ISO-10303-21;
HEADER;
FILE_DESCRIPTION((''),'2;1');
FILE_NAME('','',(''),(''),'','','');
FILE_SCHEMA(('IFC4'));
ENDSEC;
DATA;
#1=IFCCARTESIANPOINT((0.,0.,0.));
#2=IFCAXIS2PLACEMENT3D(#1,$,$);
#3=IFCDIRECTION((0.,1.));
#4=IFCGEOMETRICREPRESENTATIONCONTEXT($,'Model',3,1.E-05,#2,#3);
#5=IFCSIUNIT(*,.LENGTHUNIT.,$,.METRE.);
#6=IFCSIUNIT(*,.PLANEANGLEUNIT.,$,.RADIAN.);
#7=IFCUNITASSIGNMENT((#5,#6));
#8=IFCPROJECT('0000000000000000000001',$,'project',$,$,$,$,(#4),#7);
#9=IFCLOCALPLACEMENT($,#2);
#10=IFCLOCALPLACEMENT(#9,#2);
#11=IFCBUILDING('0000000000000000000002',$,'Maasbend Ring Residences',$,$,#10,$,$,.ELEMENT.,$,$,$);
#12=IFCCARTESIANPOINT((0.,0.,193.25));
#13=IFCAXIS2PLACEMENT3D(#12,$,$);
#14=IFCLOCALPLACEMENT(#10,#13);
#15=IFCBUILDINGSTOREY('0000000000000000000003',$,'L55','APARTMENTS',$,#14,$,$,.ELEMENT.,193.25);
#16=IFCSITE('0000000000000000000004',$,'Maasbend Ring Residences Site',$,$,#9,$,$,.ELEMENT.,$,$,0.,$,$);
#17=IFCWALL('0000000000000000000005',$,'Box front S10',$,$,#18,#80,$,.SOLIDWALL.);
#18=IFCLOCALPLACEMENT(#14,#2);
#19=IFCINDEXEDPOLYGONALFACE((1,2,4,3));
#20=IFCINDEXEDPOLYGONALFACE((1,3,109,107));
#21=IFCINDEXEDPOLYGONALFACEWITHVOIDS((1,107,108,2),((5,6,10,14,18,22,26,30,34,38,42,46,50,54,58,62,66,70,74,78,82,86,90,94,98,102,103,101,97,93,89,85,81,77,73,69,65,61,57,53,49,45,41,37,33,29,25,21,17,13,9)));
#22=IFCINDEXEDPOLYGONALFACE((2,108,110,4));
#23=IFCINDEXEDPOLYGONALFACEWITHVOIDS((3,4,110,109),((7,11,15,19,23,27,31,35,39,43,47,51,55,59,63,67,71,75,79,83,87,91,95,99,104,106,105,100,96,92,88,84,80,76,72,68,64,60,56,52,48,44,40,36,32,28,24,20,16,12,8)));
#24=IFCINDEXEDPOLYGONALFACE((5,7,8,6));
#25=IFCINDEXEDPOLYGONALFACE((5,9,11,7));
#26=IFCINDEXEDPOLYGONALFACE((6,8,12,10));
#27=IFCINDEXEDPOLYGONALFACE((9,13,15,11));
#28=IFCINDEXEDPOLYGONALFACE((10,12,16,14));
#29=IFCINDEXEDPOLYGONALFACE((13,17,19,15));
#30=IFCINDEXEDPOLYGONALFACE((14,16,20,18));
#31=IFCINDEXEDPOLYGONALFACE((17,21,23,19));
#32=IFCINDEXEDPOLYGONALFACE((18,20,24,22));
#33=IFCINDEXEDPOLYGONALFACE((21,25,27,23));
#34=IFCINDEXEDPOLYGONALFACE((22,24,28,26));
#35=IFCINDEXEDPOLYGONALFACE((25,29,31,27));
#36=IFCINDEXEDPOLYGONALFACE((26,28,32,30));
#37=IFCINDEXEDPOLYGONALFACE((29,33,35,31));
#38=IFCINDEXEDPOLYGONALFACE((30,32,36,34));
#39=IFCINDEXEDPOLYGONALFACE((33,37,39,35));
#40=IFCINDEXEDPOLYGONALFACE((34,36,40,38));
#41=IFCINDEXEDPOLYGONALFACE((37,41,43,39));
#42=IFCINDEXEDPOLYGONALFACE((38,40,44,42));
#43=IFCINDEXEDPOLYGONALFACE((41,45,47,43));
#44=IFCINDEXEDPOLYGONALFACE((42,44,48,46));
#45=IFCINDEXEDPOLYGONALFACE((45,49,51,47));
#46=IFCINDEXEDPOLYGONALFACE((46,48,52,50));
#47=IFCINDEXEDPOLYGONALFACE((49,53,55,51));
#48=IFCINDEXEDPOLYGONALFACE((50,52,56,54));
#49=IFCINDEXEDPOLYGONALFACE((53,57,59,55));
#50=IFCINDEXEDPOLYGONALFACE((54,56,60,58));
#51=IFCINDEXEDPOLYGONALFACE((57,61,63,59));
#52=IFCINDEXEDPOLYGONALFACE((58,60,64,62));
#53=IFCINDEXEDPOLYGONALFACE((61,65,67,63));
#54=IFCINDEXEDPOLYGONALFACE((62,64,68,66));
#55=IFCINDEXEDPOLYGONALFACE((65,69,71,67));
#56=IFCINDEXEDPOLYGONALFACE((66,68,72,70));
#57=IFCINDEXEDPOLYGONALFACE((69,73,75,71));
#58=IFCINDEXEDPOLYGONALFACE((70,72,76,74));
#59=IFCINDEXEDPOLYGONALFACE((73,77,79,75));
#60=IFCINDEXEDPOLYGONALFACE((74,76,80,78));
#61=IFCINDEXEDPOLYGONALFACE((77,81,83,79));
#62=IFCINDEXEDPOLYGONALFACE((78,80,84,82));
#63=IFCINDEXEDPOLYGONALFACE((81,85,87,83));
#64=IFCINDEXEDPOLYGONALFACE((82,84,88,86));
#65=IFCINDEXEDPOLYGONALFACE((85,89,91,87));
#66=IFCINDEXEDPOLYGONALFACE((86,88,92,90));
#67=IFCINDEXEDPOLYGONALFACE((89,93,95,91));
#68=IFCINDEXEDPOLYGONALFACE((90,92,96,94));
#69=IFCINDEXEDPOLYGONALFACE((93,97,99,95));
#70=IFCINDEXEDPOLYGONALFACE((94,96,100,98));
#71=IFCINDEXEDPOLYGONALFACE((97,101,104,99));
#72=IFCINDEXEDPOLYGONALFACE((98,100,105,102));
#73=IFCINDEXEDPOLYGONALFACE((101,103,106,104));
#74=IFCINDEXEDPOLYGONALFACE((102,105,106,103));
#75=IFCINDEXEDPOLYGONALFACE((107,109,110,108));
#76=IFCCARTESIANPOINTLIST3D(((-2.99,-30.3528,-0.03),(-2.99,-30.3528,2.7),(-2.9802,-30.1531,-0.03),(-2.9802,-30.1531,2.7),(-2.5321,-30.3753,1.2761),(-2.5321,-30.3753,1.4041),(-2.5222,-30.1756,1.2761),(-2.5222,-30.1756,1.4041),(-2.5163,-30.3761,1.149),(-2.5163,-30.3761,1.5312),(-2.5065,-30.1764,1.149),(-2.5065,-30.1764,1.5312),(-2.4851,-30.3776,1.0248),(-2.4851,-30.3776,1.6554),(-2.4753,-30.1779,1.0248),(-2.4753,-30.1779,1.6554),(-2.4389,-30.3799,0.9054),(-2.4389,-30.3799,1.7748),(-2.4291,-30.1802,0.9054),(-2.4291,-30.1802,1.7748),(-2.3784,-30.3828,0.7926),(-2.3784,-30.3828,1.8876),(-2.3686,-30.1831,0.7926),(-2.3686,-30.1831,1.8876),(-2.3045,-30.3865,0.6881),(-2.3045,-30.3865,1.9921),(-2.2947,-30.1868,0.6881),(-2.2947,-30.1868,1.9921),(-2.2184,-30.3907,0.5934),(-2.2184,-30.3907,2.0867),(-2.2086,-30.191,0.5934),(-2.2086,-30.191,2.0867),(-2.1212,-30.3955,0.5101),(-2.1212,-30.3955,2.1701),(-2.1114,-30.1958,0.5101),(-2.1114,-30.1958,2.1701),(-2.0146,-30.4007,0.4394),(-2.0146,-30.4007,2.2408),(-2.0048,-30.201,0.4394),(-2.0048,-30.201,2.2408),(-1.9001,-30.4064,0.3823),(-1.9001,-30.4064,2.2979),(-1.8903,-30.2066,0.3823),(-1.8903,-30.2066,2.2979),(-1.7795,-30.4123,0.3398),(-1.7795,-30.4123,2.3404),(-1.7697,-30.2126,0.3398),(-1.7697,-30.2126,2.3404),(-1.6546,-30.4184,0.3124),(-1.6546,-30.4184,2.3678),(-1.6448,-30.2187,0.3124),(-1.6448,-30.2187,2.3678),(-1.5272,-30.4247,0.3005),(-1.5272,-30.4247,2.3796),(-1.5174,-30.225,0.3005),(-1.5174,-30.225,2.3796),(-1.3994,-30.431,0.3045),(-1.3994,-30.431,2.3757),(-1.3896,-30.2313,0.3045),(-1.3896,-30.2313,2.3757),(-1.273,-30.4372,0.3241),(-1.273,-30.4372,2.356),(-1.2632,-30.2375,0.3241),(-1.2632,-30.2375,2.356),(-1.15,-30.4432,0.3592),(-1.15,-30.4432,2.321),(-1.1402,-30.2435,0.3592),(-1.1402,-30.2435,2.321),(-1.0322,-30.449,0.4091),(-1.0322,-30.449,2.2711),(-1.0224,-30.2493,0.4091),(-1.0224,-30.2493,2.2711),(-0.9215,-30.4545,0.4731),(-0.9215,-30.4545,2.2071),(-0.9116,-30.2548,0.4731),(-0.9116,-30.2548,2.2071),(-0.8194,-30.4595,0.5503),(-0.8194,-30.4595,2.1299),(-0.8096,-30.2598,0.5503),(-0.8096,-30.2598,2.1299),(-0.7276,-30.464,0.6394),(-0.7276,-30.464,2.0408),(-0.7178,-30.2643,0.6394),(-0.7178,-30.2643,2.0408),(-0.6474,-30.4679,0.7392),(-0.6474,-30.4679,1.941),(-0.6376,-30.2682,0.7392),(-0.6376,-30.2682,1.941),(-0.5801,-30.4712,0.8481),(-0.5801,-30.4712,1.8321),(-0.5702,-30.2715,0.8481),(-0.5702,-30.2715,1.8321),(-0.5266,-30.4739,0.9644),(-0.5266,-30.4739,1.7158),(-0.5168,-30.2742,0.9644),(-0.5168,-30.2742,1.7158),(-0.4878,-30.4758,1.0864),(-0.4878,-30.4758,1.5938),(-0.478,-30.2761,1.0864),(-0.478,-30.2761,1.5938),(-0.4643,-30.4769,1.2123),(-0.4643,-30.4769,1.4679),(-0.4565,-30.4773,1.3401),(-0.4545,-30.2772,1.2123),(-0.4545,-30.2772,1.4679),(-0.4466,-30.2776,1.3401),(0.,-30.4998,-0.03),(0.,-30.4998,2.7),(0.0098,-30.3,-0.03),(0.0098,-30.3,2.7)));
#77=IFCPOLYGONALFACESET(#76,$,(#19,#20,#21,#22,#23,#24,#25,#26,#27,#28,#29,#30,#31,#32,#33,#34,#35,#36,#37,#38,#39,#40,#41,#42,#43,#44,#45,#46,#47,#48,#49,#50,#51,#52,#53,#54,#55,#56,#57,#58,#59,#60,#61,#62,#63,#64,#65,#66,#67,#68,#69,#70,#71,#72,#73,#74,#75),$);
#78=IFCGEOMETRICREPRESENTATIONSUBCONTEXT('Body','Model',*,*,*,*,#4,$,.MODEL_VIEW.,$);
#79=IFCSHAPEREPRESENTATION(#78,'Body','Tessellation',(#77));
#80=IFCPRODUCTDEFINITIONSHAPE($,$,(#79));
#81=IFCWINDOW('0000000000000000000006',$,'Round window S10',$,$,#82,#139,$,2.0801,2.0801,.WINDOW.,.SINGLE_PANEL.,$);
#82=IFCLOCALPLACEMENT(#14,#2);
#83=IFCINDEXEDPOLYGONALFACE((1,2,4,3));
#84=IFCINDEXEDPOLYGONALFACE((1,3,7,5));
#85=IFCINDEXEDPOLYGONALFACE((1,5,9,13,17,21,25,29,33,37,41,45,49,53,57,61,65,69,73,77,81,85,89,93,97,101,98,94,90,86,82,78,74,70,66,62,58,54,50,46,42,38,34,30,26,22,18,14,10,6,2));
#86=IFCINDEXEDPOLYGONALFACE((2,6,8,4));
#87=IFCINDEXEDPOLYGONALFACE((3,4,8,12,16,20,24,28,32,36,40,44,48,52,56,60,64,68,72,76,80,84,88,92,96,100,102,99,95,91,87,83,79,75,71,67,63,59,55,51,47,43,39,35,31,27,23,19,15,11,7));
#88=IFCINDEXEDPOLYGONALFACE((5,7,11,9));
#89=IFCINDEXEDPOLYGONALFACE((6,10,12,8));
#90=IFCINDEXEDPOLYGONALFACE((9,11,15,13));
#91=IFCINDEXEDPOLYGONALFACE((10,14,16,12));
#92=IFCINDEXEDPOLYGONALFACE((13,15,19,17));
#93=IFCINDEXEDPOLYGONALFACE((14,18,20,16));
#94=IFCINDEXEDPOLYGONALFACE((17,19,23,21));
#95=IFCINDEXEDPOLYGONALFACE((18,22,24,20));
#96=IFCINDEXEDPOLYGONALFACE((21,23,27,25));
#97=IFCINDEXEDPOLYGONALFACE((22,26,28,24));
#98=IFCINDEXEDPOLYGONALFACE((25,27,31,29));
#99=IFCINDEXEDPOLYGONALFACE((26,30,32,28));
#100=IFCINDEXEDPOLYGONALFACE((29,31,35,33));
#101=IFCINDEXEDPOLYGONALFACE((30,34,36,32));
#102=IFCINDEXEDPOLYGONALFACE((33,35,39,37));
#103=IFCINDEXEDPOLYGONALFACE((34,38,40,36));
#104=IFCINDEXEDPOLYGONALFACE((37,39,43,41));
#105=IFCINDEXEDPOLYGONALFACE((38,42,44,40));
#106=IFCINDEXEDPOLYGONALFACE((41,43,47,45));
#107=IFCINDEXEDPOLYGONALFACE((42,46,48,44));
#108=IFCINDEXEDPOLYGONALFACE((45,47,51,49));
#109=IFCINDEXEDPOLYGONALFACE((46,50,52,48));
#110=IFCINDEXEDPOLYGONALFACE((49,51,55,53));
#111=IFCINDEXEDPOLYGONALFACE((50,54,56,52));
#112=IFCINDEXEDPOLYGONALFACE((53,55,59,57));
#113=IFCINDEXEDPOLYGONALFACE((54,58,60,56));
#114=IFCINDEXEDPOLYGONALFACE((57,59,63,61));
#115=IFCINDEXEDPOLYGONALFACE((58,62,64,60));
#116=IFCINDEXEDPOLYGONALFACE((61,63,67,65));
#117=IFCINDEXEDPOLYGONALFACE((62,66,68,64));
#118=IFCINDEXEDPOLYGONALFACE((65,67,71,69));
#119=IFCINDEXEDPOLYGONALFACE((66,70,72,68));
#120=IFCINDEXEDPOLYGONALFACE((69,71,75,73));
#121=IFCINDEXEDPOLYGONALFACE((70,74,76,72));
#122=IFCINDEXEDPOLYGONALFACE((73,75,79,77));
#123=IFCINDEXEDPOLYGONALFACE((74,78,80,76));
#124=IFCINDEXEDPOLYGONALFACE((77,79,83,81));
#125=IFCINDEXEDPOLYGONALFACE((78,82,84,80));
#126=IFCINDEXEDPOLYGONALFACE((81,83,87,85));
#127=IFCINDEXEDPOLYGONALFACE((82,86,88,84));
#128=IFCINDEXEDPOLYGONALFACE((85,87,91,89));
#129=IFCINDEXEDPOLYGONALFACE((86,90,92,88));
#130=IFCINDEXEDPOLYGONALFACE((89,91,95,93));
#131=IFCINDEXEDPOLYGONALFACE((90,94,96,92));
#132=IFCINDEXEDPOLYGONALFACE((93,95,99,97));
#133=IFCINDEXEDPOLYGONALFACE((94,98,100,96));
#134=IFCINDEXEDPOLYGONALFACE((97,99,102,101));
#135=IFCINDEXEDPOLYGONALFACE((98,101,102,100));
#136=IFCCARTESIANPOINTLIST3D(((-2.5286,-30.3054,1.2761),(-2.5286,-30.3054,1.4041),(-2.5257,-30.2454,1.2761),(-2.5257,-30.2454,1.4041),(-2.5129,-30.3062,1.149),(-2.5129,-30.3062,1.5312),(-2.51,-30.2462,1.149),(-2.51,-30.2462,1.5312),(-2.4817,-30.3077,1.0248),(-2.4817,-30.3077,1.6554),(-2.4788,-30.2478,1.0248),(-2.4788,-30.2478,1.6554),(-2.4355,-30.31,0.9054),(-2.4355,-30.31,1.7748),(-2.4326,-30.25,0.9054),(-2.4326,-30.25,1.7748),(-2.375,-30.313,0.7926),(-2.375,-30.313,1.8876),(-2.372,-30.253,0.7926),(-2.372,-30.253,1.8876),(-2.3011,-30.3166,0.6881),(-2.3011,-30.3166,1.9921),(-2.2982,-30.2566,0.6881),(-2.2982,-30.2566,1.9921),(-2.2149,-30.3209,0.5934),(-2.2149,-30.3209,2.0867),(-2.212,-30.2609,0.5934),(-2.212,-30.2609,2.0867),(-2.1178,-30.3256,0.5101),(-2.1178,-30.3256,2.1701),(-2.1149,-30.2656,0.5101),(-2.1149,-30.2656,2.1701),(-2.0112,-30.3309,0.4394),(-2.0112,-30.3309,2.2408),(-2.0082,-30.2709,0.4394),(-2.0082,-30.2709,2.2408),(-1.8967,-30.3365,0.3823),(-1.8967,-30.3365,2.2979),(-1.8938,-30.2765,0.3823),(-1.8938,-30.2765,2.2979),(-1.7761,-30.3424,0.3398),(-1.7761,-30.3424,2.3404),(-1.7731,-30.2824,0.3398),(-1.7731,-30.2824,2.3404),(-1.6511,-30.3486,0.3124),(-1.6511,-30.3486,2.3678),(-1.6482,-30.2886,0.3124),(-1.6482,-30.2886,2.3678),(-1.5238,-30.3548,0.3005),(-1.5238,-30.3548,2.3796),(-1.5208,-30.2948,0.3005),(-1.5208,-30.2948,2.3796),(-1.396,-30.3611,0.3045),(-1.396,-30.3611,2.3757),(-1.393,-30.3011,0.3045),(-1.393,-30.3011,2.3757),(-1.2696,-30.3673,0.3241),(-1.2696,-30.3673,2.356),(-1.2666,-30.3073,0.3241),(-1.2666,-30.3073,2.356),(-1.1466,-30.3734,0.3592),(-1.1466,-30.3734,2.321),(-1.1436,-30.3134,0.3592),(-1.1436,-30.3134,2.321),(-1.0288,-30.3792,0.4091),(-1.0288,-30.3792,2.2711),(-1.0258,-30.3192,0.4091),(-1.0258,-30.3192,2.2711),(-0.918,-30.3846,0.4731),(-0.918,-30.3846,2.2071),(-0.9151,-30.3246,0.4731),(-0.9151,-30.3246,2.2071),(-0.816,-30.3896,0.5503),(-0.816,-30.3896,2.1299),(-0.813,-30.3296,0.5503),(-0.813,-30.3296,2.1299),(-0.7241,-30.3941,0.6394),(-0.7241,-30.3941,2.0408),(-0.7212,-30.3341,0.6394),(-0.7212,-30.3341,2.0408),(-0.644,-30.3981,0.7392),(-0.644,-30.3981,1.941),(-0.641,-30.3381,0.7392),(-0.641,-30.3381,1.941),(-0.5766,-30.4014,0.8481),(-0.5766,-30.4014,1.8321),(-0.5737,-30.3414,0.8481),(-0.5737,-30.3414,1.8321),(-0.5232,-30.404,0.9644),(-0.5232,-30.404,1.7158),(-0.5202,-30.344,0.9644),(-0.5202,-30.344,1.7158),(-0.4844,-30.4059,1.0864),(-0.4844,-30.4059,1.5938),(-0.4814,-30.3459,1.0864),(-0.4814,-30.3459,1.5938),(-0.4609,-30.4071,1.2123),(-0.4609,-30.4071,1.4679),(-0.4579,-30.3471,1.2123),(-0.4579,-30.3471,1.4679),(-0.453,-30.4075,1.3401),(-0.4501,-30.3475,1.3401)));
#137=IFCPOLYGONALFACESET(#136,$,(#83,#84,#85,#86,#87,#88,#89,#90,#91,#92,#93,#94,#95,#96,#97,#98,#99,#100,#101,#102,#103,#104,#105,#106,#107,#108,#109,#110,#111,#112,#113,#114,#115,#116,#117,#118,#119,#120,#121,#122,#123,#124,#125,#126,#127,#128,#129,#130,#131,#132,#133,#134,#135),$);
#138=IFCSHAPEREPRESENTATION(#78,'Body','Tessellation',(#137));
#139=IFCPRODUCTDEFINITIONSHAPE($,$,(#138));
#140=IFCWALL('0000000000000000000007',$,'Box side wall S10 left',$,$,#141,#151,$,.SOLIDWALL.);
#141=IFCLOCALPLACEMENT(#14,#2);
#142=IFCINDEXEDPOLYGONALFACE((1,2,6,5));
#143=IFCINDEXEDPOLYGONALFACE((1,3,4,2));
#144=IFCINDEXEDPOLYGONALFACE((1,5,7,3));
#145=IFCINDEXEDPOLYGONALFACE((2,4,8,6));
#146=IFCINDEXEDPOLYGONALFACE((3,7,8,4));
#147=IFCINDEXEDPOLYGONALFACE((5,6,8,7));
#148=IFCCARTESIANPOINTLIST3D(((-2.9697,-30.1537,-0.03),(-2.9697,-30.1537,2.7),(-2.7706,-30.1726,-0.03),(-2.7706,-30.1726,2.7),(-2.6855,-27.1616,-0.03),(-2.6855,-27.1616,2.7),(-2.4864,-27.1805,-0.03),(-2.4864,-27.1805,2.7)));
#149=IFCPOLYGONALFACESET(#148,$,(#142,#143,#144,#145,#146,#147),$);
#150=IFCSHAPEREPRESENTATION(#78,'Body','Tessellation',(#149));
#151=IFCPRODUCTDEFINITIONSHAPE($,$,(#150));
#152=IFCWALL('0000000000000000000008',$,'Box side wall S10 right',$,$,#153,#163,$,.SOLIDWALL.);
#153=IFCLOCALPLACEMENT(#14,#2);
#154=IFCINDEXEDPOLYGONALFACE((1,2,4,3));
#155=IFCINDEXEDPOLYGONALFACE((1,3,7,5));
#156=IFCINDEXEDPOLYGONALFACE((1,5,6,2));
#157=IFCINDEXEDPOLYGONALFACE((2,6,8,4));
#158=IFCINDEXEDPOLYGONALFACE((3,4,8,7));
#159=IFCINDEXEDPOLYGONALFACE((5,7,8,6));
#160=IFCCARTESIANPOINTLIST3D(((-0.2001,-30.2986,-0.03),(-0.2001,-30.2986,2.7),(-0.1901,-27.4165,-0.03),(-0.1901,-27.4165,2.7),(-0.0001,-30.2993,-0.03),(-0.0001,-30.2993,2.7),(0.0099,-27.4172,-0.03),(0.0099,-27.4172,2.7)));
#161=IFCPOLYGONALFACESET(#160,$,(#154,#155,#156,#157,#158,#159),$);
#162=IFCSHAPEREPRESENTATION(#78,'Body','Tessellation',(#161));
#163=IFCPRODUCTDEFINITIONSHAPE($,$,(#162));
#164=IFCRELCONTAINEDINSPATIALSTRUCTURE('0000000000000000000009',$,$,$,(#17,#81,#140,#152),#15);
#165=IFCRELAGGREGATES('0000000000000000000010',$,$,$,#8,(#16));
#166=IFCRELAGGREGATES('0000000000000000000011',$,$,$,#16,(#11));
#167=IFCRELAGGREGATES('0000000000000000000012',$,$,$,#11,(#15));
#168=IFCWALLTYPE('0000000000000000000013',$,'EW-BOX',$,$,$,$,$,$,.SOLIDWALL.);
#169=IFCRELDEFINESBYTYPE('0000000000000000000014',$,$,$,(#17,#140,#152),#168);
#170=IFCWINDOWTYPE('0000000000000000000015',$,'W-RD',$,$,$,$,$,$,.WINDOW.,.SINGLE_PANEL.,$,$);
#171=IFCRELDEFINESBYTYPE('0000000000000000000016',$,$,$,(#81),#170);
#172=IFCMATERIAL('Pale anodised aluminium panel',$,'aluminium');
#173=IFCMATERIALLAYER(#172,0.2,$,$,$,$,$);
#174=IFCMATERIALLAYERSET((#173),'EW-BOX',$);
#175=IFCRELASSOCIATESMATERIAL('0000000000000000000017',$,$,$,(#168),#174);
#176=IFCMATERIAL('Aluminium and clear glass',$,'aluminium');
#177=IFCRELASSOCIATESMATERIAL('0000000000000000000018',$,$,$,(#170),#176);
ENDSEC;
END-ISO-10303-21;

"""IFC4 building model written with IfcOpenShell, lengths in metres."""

from ifc_helpers import new_model, si_unit, direction, frame, frame_2d, origin, place, context, subcontext, project, spatial, rectangle, circle, extrude, material, layer, layer_set, type_object, element, fill, save


model = new_model("IFC4")

# Units and contexts
model_context = context("Model", 3, precision=1e-05, world=origin(), true_north=direction((0.0, 1.0)))
body_context = subcontext(model_context, "Body", "Model", "MODEL_VIEW")
ifc_project = project(units=[si_unit("LENGTHUNIT", "METRE"), si_unit("PLANEANGLEUNIT", "RADIAN")], contexts=[model_context])

# Site, building, storey
site_placement = place(None, origin())
site = spatial("IfcSite", under=ifc_project, at=site_placement, Name="Maasbend Ring Residences Site", CompositionType="ELEMENT", RefElevation=0.0)
building_placement = place(site_placement, origin())
building = spatial("IfcBuilding", under=site, at=building_placement, Name="Maasbend Ring Residences", CompositionType="ELEMENT")
storey_placement = place(building_placement, frame((0.0, 0.0, 193.25)))
storey = spatial("IfcBuildingStorey", under=building, at=storey_placement, Name="L55", Description="APARTMENTS", CompositionType="ELEMENT", Elevation=193.25)

# Shared definitions
ifc_material_1 = material(Name="Pale anodised aluminium panel", Category="aluminium")
ifc_layer_1 = layer(ifc_material_1, 0.2)
ifc_layer_set_1 = layer_set([ifc_layer_1], Name="EW-BOX")
wall_type_1 = type_object("IfcWallType", Name="EW-BOX", PredefinedType="SOLIDWALL", material=ifc_layer_set_1)
ifc_material_2 = material(Name="Aluminium and clear glass", Category="aluminium")
window_type_1 = type_object("IfcWindowType", Name="W-RD", PartitioningType="SINGLE_PANEL", PredefinedType="WINDOW", material=ifc_material_2)

# Wall, opening, window
wall_1_placement = place(storey_placement, frame((-2.9851, -30.2529, -0.03), z_axis=(0.0, 0.0, 1.0), x_axis=(0.998794, -0.049096, 0.0)))
wall_1 = element("IfcWall", 1, at=wall_1_placement, inside=storey, type_object=wall_type_1, Name="Box front S10", PredefinedType="SOLIDWALL", context=body_context, shape_type="SweptSolid", body=[
    extrude(rectangle(XDim=2.9937, YDim=0.2, at=frame_2d((1.4968, 0.0))), origin(), (0.0, 0.0, 1.0), 2.73),
])
opening_1_placement = place(wall_1_placement, frame((0.4565, 0.0, 0.3301)))
opening_1 = element("IfcOpeningElement", 2, at=opening_1_placement, cuts=wall_1, PredefinedType="OPENING", context=body_context, shape_type="SweptSolid", body=[
    extrude(circle(Radius=1.04, at=frame_2d((1.04, 1.04))), frame((0.0, 0.1099, 0.0), z_axis=(0.0, -1.0, 0.0), x_axis=(1.0, 0.0, 0.0)), (0.0, 0.0, 1.0), 0.22),
])
window_1_placement = place(opening_1_placement, origin())
window_1 = element("IfcWindow", 3, at=window_1_placement, inside=storey, type_object=window_type_1, Name="Round window S10", OverallHeight=2.0801, OverallWidth=2.0801, PartitioningType="SINGLE_PANEL", PredefinedType="WINDOW", context=body_context, shape_type="SweptSolid", body=[
    extrude(circle(Radius=1.04, at=frame_2d((1.04, 1.04))), frame((0.0, 0.03, 0.0), z_axis=(0.0, -1.0, 0.0), x_axis=(1.0, 0.0, 0.0)), (0.0, 0.0, 1.0), 0.0601),
])
fill(opening_1, window_1)

# Walls
wall_2_placement = place(storey_placement, frame((-2.5859, -27.1709, -0.03), z_axis=(0.0, 0.0, 1.0), x_axis=(-0.094548, -0.99552, 0.0)))
element("IfcWall", 4, at=wall_2_placement, inside=storey, type_object=wall_type_1, Name="Box side wall S10 left", PredefinedType="SOLIDWALL", context=body_context, shape_type="SweptSolid", body=[
    extrude(rectangle(XDim=3.0056, YDim=0.2, at=frame_2d((1.5029, 0.0))), origin(), (0.0, 0.0, 1.0), 2.73),
])
wall_3_placement = place(storey_placement, frame((-0.0901, -27.417, -0.03), z_axis=(0.0, 0.0, 1.0), x_axis=(-0.003473, -0.999994, 0.0)))
element("IfcWall", 5, at=wall_3_placement, inside=storey, type_object=wall_type_1, Name="Box side wall S10 right", PredefinedType="SOLIDWALL", context=body_context, shape_type="SweptSolid", body=[
    extrude(rectangle(XDim=2.8821, YDim=0.2, at=frame_2d((1.4409, 0.0))), origin(), (0.0, 0.0, 1.0), 2.73),
])

save(model, "model.ifc")
